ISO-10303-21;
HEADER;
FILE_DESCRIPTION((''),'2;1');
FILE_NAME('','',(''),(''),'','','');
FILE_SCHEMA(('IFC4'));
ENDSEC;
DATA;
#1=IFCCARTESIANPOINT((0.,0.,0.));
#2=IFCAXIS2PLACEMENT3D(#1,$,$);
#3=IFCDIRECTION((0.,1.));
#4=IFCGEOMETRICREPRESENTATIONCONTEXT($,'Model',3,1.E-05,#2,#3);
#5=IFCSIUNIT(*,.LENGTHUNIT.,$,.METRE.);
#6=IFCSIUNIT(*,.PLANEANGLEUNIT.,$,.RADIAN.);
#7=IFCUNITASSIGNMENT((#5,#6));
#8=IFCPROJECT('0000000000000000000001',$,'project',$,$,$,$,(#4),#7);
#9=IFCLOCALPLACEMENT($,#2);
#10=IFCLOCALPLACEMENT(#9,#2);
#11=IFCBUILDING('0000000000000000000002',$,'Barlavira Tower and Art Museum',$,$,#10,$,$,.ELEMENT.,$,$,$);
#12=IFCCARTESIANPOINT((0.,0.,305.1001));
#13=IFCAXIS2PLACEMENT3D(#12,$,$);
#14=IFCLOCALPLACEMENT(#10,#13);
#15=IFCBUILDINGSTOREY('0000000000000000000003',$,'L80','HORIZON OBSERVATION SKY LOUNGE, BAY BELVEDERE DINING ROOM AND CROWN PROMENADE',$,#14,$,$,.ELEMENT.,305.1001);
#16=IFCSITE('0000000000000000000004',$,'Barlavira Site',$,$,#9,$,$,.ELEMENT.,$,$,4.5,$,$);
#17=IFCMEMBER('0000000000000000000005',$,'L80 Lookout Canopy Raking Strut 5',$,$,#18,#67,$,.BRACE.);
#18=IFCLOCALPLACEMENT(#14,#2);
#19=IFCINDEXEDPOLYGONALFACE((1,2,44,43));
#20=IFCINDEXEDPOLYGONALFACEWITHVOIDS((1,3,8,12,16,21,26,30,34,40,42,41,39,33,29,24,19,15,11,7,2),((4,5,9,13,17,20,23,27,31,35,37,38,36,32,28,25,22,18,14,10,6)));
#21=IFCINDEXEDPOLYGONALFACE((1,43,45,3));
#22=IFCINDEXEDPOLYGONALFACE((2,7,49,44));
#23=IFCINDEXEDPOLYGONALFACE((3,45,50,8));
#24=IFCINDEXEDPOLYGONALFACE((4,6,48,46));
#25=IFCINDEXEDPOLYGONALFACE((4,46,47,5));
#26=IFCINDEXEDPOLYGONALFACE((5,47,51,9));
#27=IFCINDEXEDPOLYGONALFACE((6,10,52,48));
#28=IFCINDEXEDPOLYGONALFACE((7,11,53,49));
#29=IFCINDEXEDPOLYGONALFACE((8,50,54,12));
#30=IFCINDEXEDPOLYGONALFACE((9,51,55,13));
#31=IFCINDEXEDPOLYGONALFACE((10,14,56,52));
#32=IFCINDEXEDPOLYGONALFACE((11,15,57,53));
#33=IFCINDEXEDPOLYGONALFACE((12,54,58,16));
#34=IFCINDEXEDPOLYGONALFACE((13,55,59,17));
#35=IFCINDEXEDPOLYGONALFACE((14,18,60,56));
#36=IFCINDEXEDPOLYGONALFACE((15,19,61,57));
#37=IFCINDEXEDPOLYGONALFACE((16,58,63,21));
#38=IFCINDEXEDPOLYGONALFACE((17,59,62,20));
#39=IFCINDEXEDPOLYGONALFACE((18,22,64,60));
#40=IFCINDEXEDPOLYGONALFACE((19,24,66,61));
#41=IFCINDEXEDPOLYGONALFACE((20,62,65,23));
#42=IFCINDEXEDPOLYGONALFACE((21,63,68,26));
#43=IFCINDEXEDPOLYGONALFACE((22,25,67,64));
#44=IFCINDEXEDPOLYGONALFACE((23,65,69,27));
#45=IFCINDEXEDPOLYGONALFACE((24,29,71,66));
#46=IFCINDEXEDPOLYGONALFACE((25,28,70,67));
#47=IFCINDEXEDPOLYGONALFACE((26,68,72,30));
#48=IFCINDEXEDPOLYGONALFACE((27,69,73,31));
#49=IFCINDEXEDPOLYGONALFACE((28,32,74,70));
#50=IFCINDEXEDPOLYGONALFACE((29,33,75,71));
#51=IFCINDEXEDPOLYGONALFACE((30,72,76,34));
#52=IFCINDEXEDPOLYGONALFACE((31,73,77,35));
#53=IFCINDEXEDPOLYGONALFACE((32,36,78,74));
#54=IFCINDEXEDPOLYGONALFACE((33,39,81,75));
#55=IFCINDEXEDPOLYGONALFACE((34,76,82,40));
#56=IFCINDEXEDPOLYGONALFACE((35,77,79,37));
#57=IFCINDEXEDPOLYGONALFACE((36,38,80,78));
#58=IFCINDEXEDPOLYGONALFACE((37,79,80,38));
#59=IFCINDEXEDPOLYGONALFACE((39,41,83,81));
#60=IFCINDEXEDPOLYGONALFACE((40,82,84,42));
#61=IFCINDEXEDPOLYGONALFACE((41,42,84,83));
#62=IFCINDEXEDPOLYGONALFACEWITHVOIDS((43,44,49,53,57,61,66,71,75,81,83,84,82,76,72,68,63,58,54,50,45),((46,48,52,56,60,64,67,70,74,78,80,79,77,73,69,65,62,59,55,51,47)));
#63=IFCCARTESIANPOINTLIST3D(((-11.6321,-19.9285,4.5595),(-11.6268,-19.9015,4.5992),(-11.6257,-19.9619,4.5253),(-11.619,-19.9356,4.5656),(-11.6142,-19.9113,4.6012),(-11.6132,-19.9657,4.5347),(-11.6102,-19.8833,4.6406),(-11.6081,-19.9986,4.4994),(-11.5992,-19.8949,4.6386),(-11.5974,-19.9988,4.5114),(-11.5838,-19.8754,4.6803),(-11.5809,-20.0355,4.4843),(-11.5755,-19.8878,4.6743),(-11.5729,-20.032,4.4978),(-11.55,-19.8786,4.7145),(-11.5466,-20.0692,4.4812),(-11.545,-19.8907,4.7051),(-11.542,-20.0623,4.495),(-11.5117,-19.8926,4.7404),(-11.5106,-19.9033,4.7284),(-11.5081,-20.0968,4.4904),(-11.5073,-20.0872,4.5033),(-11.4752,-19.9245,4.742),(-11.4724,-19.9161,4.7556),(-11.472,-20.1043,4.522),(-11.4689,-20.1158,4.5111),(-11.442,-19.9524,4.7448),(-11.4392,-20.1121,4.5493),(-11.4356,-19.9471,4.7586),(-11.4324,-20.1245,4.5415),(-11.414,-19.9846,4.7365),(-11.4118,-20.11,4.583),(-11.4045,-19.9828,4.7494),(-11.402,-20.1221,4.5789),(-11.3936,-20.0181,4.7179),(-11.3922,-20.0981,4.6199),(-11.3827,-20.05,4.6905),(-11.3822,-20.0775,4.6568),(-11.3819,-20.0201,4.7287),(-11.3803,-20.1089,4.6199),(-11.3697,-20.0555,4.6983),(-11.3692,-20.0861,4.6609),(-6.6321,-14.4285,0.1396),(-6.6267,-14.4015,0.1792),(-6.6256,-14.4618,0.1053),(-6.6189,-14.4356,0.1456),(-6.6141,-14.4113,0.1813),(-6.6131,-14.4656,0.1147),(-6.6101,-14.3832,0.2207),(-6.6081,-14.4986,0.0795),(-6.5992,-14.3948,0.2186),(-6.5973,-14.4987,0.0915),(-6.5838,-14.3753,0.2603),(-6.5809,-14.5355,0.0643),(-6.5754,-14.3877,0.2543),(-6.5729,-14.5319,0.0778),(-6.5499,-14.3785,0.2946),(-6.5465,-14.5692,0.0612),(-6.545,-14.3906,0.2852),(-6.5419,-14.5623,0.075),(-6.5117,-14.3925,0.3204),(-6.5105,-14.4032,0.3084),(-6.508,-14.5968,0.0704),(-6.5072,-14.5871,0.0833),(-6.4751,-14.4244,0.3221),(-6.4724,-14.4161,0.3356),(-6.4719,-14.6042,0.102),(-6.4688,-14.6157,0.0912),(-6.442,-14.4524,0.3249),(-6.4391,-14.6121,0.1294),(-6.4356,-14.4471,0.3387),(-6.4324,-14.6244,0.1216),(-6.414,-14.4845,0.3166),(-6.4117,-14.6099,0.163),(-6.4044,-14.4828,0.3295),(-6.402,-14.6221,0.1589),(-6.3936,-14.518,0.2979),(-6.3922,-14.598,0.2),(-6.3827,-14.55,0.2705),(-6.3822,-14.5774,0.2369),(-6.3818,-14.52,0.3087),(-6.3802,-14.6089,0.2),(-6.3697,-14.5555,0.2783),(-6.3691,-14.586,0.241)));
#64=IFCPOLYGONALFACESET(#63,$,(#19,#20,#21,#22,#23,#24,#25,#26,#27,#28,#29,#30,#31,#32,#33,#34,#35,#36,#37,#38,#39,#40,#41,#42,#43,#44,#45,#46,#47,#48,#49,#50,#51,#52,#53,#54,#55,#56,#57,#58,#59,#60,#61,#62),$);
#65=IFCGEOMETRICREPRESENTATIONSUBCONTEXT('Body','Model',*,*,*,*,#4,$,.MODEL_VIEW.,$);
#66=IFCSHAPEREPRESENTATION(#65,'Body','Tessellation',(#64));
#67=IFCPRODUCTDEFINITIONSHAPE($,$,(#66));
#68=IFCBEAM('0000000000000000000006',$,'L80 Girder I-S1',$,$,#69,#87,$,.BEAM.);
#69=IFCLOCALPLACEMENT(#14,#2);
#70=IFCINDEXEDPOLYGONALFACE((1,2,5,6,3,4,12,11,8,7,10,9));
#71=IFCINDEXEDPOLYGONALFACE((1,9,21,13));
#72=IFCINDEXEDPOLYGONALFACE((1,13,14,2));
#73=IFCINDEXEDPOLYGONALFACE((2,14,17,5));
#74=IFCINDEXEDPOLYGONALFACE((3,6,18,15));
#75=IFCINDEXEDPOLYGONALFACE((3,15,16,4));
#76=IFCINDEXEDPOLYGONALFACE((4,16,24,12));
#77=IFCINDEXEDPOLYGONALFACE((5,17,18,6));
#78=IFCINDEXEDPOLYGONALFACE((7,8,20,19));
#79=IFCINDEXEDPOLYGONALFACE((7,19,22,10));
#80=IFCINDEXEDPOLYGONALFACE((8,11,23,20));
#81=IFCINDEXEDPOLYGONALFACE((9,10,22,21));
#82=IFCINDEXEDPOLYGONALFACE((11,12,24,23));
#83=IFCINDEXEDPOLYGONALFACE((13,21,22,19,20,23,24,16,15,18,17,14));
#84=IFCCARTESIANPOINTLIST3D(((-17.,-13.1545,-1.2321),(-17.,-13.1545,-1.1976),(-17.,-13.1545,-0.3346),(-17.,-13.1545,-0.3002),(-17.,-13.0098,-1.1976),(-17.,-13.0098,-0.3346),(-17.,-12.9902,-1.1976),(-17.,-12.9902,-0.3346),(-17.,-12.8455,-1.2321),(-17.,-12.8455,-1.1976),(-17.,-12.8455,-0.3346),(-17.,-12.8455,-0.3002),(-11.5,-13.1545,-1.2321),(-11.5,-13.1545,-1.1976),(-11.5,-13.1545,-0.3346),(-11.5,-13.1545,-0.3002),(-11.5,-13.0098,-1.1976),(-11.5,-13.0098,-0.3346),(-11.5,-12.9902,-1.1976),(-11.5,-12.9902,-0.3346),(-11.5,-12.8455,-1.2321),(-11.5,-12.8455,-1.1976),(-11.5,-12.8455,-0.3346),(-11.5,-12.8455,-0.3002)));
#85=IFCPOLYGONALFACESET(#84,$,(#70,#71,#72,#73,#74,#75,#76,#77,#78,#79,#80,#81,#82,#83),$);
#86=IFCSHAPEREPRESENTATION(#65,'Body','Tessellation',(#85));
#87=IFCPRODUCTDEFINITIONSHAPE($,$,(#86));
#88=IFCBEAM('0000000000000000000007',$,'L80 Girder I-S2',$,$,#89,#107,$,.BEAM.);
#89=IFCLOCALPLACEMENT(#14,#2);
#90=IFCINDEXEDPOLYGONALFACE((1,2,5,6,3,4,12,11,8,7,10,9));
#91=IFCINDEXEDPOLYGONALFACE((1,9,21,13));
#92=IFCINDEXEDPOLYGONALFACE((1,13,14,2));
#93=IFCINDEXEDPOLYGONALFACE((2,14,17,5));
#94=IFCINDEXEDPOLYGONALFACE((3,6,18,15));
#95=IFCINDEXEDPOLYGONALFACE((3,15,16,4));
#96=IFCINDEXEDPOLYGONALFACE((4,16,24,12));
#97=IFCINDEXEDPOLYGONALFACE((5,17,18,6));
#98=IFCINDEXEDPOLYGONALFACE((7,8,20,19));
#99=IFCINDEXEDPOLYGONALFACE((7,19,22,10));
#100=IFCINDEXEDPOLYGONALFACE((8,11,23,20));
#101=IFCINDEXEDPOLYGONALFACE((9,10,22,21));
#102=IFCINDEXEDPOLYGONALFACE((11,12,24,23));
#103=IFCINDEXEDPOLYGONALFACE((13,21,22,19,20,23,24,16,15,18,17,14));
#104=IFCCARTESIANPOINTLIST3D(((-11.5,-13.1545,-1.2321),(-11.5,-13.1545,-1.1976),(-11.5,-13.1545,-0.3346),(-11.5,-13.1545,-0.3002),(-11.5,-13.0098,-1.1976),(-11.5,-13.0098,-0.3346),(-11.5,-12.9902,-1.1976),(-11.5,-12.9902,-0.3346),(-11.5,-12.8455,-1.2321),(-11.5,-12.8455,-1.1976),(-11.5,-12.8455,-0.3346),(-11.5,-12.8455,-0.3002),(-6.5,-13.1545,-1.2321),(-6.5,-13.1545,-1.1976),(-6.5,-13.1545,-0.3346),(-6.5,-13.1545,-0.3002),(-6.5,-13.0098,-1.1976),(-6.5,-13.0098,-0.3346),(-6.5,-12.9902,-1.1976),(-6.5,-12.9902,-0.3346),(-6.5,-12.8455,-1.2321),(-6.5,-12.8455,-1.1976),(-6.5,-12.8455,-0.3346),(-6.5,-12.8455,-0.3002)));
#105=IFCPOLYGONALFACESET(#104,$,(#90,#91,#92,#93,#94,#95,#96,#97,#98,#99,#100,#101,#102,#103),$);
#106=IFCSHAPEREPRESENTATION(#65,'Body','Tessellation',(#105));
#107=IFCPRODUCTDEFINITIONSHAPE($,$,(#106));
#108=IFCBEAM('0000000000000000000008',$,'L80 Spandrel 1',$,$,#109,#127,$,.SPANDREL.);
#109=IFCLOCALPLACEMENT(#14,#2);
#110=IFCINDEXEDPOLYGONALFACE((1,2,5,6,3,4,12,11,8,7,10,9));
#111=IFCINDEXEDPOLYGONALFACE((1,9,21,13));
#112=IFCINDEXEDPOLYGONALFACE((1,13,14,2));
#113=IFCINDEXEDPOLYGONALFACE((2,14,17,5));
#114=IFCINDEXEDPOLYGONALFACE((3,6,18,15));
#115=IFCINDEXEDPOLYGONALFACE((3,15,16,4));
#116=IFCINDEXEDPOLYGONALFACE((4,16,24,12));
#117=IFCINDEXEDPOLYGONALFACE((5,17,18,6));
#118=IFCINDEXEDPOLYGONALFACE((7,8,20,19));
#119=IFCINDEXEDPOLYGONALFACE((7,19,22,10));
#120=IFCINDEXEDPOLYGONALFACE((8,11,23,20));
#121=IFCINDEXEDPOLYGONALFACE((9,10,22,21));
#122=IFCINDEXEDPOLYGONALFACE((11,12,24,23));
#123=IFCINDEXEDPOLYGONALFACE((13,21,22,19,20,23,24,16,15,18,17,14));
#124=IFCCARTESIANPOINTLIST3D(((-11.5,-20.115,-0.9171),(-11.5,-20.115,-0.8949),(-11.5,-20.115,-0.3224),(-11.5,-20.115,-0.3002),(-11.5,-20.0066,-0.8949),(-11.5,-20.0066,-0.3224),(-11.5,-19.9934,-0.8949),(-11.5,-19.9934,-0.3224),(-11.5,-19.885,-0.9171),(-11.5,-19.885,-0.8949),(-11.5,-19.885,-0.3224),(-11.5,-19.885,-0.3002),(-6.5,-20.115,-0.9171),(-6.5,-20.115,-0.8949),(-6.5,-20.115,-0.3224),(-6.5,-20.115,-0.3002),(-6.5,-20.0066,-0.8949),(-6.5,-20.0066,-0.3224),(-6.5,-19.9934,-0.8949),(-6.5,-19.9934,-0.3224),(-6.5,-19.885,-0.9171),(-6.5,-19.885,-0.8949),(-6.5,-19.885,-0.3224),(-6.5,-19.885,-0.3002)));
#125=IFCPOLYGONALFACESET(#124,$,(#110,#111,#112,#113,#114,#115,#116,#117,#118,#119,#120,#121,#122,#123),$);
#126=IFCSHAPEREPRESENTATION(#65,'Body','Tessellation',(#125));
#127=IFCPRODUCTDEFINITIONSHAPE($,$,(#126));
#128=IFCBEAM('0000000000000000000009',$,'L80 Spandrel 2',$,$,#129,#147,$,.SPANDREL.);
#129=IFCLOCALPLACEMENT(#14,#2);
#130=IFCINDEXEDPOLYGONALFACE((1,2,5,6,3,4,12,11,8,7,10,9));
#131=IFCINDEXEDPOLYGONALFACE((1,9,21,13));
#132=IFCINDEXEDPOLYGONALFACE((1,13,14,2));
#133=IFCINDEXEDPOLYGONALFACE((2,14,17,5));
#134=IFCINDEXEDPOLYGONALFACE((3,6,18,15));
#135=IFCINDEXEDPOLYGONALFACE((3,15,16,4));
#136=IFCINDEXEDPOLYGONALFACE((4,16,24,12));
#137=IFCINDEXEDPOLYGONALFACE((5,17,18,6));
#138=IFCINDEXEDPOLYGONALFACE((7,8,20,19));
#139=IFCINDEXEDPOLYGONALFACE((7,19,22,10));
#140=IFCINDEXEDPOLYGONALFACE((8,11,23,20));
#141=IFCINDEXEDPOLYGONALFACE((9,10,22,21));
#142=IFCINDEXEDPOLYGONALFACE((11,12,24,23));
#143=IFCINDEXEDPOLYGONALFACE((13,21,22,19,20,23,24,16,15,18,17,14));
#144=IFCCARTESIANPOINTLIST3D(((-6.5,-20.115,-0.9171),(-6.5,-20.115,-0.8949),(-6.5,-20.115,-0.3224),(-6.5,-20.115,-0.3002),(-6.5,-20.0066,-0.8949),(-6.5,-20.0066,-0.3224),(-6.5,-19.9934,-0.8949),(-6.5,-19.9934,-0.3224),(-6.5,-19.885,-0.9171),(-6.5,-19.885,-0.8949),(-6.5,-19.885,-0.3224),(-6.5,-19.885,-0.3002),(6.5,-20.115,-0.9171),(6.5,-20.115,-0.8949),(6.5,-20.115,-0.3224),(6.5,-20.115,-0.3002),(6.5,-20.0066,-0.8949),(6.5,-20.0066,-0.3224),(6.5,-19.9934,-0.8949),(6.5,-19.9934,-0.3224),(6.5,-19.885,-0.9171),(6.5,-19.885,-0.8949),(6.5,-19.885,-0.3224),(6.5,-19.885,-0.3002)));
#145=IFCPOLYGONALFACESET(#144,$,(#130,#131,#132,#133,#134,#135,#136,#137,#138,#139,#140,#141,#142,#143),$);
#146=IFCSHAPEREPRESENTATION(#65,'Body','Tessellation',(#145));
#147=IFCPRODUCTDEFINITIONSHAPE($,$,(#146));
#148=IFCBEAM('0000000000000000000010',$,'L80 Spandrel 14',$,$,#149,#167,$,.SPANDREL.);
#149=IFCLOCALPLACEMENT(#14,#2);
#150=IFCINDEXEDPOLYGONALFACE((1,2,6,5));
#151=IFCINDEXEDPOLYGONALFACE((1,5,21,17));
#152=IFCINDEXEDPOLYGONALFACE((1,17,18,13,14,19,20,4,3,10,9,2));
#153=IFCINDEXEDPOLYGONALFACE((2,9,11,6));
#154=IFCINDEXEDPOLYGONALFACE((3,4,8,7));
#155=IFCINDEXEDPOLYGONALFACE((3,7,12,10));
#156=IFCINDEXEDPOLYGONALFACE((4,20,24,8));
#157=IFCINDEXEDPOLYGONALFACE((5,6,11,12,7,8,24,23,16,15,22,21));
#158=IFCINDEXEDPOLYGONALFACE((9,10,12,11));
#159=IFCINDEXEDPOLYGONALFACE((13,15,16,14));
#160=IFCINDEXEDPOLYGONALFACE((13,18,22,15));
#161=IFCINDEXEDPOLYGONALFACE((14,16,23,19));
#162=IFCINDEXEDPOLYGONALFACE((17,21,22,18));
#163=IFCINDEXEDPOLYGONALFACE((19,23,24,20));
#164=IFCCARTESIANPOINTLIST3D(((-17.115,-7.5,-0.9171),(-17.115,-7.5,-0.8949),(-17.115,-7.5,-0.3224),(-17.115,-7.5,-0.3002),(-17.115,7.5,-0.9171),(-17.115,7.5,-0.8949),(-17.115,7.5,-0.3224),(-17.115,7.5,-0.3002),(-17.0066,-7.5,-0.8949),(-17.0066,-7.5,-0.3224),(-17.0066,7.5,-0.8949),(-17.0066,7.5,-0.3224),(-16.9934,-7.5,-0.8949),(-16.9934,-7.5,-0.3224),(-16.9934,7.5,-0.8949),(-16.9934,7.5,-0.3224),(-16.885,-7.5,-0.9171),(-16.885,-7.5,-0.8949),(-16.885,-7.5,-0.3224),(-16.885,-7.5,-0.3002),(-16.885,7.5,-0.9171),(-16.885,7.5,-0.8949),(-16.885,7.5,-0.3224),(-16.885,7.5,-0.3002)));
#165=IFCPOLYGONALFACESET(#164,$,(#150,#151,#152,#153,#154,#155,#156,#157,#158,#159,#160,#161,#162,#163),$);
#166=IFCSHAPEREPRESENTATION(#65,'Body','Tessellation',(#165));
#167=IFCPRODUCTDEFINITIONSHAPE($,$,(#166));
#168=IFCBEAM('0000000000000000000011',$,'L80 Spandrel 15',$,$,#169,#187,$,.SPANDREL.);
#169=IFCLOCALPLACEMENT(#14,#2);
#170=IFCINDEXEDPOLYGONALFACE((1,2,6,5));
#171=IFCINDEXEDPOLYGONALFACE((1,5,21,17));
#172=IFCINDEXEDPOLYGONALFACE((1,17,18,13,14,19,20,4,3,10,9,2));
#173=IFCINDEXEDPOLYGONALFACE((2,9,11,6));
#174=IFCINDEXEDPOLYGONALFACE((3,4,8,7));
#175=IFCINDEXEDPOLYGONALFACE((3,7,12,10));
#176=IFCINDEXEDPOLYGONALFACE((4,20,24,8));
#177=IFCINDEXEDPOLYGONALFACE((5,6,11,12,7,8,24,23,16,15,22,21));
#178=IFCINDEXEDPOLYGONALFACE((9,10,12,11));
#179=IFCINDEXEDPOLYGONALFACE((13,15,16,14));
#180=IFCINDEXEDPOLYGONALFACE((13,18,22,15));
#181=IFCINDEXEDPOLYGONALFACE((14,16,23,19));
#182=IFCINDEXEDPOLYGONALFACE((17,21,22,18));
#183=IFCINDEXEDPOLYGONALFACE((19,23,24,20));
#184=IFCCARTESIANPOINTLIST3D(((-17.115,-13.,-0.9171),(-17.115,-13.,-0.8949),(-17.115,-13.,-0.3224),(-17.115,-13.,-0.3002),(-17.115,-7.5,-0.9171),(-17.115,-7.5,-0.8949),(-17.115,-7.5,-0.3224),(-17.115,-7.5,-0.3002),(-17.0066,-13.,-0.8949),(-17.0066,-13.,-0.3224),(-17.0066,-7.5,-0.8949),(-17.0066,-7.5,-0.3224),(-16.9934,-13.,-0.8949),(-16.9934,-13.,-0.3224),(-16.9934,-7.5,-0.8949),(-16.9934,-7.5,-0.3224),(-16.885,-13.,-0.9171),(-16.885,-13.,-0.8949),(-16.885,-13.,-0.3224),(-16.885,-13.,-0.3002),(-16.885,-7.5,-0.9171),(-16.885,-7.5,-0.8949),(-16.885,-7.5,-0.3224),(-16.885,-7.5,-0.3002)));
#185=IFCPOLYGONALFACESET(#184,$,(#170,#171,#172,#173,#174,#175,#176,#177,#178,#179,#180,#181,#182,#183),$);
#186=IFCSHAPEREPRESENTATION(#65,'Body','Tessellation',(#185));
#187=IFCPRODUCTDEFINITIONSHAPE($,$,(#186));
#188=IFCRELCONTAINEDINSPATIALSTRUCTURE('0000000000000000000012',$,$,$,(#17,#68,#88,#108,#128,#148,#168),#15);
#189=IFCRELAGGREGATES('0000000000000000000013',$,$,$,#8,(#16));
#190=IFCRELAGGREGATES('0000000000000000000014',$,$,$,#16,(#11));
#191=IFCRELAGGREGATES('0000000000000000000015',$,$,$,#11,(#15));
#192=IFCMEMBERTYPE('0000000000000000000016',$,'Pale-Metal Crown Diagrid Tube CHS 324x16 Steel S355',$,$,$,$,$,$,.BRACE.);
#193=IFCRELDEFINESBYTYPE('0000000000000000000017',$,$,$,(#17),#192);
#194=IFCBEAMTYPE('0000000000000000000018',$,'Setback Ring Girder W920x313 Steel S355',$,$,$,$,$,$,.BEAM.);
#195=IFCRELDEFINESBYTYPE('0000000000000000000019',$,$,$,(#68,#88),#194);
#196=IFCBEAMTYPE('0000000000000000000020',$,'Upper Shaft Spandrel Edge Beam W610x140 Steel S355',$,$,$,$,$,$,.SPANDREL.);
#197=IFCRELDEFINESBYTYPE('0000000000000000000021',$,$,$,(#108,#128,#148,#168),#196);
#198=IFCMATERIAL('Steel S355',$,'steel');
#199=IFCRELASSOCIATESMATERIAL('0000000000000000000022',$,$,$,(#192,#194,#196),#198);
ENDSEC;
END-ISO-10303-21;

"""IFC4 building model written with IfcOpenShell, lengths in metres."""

from ifc_helpers import new_model, si_unit, direction, frame, origin, origin_2d, place, context, subcontext, project, spatial, hollow_circle, i_section, extrude, material, material_profile, profile_set, type_object, element, save


model = new_model("IFC4")

# Units and contexts
model_context = context("Model", 3, precision=1e-05, world=origin(), true_north=direction((0.0, 1.0)))
body_context = subcontext(model_context, "Body", "Model", "MODEL_VIEW")
ifc_project = project(units=[si_unit("LENGTHUNIT", "METRE"), si_unit("PLANEANGLEUNIT", "RADIAN")], contexts=[model_context])

# Site, building, storey
site_placement = place(None, origin())
site = spatial("IfcSite", under=ifc_project, at=site_placement, Name="Barlavira Site", CompositionType="ELEMENT", RefElevation=4.5)
building_placement = place(site_placement, origin())
building = spatial("IfcBuilding", under=site, at=building_placement, Name="Barlavira Tower and Art Museum", CompositionType="ELEMENT")
storey_placement = place(building_placement, frame((0.0, 0.0, 305.1001)))
storey = spatial("IfcBuildingStorey", under=building, at=storey_placement, Name="L80", Description="HORIZON OBSERVATION SKY LOUNGE, BAY BELVEDERE DINING ROOM AND CROWN PROMENADE", CompositionType="ELEMENT", Elevation=305.1001)

# Shared definitions
ifc_material_1 = material(Name="Steel S355", Category="steel")

# Member
ifc_material_profile_1 = material_profile(ifc_material_1, hollow_circle(Radius=0.1619, WallThickness=0.0161, at=origin_2d()), Name="CHS 323.9x16.0")
ifc_profile_set_1 = profile_set([ifc_material_profile_1], Name="Steel S355")
member_type_1 = type_object("IfcMemberType", Name="Pale-Metal Crown Diagrid Tube CHS 324x16 Steel S355", PredefinedType="BRACE", material=ifc_profile_set_1)
member_1_placement = place(storey_placement, frame((-6.5, -14.5, 0.2), z_axis=(-0.578177, -0.635995, 0.511099), x_axis=(0.73994, -0.672673, 0.0)))
element("IfcMember", 1, at=member_1_placement, inside=storey, type_object=member_type_1, Name="L80 Lookout Canopy Raking Strut 5", PredefinedType="BRACE", context=body_context, shape_type="SweptSolid", body=[
    extrude(hollow_circle(Radius=0.1619, WallThickness=0.0161, at=origin_2d()), origin(), (0.0, 0.0, 1.0), 8.6479),
])

# Beams
ifc_material_profile_2 = material_profile(ifc_material_1, i_section(OverallWidth=0.3091, OverallDepth=0.9319, WebThickness=0.0195, FlangeThickness=0.0344, at=origin_2d()), Name="W920x313.0")
ifc_profile_set_2 = profile_set([ifc_material_profile_2], Name="Steel S355")
beam_type_1 = type_object("IfcBeamType", Name="Setback Ring Girder W920x313 Steel S355", PredefinedType="BEAM", material=ifc_profile_set_2)
beam_1_placement = place(storey_placement, frame((-17.0, -13.0, -0.7661), z_axis=(1.0, 0.0, 0.0), x_axis=(0.0, 1.0, 0.0)))
element("IfcBeam", 2, at=beam_1_placement, inside=storey, type_object=beam_type_1, Name="L80 Girder I-S1", PredefinedType="BEAM", context=body_context, shape_type="SweptSolid", body=[
    extrude(i_section(OverallWidth=0.3091, OverallDepth=0.9319, WebThickness=0.0195, FlangeThickness=0.0344, at=origin_2d()), origin(), (0.0, 0.0, 1.0), 5.5),
])
beam_2_placement = place(storey_placement, frame((-11.5, -13.0, -0.7661), z_axis=(1.0, 0.0, 0.0), x_axis=(0.0, 1.0, 0.0)))
element("IfcBeam", 3, at=beam_2_placement, inside=storey, type_object=beam_type_1, Name="L80 Girder I-S2", PredefinedType="BEAM", context=body_context, shape_type="SweptSolid", body=[
    extrude(i_section(OverallWidth=0.3091, OverallDepth=0.9319, WebThickness=0.0195, FlangeThickness=0.0344, at=origin_2d()), origin(), (0.0, 0.0, 1.0), 5.0),
])
ifc_material_profile_3 = material_profile(ifc_material_1, i_section(OverallWidth=0.23, OverallDepth=0.6169, WebThickness=0.0132, FlangeThickness=0.0222, at=origin_2d()), Name="W610x140.0")
ifc_profile_set_3 = profile_set([ifc_material_profile_3], Name="Steel S355")
beam_type_2 = type_object("IfcBeamType", Name="Upper Shaft Spandrel Edge Beam W610x140 Steel S355", PredefinedType="SPANDREL", material=ifc_profile_set_3)
beam_3_placement = place(storey_placement, frame((-11.5, -20.0, -0.6086), z_axis=(1.0, 0.0, 0.0), x_axis=(0.0, 1.0, 0.0)))
element("IfcBeam", 4, at=beam_3_placement, inside=storey, type_object=beam_type_2, Name="L80 Spandrel 1", PredefinedType="SPANDREL", context=body_context, shape_type="SweptSolid", body=[
    extrude(i_section(OverallWidth=0.23, OverallDepth=0.6169, WebThickness=0.0132, FlangeThickness=0.0222, at=origin_2d()), origin(), (0.0, 0.0, 1.0), 5.0),
])
beam_4_placement = place(storey_placement, frame((-6.5, -20.0, -0.6086), z_axis=(1.0, 0.0, 0.0), x_axis=(0.0, 1.0, 0.0)))
element("IfcBeam", 5, at=beam_4_placement, inside=storey, type_object=beam_type_2, Name="L80 Spandrel 2", PredefinedType="SPANDREL", context=body_context, shape_type="SweptSolid", body=[
    extrude(i_section(OverallWidth=0.23, OverallDepth=0.6169, WebThickness=0.0132, FlangeThickness=0.0222, at=origin_2d()), origin(), (0.0, 0.0, 1.0), 13.0),
])
beam_5_placement = place(storey_placement, frame((-17.0, -7.5, -0.6086), z_axis=(0.0, 1.0, 0.0), x_axis=(-1.0, 0.0, 0.0)))
element("IfcBeam", 6, at=beam_5_placement, inside=storey, type_object=beam_type_2, Name="L80 Spandrel 14", PredefinedType="SPANDREL", context=body_context, shape_type="SweptSolid", body=[
    extrude(i_section(OverallWidth=0.23, OverallDepth=0.6169, WebThickness=0.0132, FlangeThickness=0.0222, at=origin_2d()), origin(), (0.0, 0.0, 1.0), 15.0),
])
beam_6_placement = place(storey_placement, frame((-17.0, -13.0, -0.6086), z_axis=(0.0, 1.0, 0.0), x_axis=(-1.0, 0.0, 0.0)))
element("IfcBeam", 7, at=beam_6_placement, inside=storey, type_object=beam_type_2, Name="L80 Spandrel 15", PredefinedType="SPANDREL", context=body_context, shape_type="SweptSolid", body=[
    extrude(i_section(OverallWidth=0.23, OverallDepth=0.6169, WebThickness=0.0132, FlangeThickness=0.0222, at=origin_2d()), origin(), (0.0, 0.0, 1.0), 5.5),
])

save(model, "model.ifc")
